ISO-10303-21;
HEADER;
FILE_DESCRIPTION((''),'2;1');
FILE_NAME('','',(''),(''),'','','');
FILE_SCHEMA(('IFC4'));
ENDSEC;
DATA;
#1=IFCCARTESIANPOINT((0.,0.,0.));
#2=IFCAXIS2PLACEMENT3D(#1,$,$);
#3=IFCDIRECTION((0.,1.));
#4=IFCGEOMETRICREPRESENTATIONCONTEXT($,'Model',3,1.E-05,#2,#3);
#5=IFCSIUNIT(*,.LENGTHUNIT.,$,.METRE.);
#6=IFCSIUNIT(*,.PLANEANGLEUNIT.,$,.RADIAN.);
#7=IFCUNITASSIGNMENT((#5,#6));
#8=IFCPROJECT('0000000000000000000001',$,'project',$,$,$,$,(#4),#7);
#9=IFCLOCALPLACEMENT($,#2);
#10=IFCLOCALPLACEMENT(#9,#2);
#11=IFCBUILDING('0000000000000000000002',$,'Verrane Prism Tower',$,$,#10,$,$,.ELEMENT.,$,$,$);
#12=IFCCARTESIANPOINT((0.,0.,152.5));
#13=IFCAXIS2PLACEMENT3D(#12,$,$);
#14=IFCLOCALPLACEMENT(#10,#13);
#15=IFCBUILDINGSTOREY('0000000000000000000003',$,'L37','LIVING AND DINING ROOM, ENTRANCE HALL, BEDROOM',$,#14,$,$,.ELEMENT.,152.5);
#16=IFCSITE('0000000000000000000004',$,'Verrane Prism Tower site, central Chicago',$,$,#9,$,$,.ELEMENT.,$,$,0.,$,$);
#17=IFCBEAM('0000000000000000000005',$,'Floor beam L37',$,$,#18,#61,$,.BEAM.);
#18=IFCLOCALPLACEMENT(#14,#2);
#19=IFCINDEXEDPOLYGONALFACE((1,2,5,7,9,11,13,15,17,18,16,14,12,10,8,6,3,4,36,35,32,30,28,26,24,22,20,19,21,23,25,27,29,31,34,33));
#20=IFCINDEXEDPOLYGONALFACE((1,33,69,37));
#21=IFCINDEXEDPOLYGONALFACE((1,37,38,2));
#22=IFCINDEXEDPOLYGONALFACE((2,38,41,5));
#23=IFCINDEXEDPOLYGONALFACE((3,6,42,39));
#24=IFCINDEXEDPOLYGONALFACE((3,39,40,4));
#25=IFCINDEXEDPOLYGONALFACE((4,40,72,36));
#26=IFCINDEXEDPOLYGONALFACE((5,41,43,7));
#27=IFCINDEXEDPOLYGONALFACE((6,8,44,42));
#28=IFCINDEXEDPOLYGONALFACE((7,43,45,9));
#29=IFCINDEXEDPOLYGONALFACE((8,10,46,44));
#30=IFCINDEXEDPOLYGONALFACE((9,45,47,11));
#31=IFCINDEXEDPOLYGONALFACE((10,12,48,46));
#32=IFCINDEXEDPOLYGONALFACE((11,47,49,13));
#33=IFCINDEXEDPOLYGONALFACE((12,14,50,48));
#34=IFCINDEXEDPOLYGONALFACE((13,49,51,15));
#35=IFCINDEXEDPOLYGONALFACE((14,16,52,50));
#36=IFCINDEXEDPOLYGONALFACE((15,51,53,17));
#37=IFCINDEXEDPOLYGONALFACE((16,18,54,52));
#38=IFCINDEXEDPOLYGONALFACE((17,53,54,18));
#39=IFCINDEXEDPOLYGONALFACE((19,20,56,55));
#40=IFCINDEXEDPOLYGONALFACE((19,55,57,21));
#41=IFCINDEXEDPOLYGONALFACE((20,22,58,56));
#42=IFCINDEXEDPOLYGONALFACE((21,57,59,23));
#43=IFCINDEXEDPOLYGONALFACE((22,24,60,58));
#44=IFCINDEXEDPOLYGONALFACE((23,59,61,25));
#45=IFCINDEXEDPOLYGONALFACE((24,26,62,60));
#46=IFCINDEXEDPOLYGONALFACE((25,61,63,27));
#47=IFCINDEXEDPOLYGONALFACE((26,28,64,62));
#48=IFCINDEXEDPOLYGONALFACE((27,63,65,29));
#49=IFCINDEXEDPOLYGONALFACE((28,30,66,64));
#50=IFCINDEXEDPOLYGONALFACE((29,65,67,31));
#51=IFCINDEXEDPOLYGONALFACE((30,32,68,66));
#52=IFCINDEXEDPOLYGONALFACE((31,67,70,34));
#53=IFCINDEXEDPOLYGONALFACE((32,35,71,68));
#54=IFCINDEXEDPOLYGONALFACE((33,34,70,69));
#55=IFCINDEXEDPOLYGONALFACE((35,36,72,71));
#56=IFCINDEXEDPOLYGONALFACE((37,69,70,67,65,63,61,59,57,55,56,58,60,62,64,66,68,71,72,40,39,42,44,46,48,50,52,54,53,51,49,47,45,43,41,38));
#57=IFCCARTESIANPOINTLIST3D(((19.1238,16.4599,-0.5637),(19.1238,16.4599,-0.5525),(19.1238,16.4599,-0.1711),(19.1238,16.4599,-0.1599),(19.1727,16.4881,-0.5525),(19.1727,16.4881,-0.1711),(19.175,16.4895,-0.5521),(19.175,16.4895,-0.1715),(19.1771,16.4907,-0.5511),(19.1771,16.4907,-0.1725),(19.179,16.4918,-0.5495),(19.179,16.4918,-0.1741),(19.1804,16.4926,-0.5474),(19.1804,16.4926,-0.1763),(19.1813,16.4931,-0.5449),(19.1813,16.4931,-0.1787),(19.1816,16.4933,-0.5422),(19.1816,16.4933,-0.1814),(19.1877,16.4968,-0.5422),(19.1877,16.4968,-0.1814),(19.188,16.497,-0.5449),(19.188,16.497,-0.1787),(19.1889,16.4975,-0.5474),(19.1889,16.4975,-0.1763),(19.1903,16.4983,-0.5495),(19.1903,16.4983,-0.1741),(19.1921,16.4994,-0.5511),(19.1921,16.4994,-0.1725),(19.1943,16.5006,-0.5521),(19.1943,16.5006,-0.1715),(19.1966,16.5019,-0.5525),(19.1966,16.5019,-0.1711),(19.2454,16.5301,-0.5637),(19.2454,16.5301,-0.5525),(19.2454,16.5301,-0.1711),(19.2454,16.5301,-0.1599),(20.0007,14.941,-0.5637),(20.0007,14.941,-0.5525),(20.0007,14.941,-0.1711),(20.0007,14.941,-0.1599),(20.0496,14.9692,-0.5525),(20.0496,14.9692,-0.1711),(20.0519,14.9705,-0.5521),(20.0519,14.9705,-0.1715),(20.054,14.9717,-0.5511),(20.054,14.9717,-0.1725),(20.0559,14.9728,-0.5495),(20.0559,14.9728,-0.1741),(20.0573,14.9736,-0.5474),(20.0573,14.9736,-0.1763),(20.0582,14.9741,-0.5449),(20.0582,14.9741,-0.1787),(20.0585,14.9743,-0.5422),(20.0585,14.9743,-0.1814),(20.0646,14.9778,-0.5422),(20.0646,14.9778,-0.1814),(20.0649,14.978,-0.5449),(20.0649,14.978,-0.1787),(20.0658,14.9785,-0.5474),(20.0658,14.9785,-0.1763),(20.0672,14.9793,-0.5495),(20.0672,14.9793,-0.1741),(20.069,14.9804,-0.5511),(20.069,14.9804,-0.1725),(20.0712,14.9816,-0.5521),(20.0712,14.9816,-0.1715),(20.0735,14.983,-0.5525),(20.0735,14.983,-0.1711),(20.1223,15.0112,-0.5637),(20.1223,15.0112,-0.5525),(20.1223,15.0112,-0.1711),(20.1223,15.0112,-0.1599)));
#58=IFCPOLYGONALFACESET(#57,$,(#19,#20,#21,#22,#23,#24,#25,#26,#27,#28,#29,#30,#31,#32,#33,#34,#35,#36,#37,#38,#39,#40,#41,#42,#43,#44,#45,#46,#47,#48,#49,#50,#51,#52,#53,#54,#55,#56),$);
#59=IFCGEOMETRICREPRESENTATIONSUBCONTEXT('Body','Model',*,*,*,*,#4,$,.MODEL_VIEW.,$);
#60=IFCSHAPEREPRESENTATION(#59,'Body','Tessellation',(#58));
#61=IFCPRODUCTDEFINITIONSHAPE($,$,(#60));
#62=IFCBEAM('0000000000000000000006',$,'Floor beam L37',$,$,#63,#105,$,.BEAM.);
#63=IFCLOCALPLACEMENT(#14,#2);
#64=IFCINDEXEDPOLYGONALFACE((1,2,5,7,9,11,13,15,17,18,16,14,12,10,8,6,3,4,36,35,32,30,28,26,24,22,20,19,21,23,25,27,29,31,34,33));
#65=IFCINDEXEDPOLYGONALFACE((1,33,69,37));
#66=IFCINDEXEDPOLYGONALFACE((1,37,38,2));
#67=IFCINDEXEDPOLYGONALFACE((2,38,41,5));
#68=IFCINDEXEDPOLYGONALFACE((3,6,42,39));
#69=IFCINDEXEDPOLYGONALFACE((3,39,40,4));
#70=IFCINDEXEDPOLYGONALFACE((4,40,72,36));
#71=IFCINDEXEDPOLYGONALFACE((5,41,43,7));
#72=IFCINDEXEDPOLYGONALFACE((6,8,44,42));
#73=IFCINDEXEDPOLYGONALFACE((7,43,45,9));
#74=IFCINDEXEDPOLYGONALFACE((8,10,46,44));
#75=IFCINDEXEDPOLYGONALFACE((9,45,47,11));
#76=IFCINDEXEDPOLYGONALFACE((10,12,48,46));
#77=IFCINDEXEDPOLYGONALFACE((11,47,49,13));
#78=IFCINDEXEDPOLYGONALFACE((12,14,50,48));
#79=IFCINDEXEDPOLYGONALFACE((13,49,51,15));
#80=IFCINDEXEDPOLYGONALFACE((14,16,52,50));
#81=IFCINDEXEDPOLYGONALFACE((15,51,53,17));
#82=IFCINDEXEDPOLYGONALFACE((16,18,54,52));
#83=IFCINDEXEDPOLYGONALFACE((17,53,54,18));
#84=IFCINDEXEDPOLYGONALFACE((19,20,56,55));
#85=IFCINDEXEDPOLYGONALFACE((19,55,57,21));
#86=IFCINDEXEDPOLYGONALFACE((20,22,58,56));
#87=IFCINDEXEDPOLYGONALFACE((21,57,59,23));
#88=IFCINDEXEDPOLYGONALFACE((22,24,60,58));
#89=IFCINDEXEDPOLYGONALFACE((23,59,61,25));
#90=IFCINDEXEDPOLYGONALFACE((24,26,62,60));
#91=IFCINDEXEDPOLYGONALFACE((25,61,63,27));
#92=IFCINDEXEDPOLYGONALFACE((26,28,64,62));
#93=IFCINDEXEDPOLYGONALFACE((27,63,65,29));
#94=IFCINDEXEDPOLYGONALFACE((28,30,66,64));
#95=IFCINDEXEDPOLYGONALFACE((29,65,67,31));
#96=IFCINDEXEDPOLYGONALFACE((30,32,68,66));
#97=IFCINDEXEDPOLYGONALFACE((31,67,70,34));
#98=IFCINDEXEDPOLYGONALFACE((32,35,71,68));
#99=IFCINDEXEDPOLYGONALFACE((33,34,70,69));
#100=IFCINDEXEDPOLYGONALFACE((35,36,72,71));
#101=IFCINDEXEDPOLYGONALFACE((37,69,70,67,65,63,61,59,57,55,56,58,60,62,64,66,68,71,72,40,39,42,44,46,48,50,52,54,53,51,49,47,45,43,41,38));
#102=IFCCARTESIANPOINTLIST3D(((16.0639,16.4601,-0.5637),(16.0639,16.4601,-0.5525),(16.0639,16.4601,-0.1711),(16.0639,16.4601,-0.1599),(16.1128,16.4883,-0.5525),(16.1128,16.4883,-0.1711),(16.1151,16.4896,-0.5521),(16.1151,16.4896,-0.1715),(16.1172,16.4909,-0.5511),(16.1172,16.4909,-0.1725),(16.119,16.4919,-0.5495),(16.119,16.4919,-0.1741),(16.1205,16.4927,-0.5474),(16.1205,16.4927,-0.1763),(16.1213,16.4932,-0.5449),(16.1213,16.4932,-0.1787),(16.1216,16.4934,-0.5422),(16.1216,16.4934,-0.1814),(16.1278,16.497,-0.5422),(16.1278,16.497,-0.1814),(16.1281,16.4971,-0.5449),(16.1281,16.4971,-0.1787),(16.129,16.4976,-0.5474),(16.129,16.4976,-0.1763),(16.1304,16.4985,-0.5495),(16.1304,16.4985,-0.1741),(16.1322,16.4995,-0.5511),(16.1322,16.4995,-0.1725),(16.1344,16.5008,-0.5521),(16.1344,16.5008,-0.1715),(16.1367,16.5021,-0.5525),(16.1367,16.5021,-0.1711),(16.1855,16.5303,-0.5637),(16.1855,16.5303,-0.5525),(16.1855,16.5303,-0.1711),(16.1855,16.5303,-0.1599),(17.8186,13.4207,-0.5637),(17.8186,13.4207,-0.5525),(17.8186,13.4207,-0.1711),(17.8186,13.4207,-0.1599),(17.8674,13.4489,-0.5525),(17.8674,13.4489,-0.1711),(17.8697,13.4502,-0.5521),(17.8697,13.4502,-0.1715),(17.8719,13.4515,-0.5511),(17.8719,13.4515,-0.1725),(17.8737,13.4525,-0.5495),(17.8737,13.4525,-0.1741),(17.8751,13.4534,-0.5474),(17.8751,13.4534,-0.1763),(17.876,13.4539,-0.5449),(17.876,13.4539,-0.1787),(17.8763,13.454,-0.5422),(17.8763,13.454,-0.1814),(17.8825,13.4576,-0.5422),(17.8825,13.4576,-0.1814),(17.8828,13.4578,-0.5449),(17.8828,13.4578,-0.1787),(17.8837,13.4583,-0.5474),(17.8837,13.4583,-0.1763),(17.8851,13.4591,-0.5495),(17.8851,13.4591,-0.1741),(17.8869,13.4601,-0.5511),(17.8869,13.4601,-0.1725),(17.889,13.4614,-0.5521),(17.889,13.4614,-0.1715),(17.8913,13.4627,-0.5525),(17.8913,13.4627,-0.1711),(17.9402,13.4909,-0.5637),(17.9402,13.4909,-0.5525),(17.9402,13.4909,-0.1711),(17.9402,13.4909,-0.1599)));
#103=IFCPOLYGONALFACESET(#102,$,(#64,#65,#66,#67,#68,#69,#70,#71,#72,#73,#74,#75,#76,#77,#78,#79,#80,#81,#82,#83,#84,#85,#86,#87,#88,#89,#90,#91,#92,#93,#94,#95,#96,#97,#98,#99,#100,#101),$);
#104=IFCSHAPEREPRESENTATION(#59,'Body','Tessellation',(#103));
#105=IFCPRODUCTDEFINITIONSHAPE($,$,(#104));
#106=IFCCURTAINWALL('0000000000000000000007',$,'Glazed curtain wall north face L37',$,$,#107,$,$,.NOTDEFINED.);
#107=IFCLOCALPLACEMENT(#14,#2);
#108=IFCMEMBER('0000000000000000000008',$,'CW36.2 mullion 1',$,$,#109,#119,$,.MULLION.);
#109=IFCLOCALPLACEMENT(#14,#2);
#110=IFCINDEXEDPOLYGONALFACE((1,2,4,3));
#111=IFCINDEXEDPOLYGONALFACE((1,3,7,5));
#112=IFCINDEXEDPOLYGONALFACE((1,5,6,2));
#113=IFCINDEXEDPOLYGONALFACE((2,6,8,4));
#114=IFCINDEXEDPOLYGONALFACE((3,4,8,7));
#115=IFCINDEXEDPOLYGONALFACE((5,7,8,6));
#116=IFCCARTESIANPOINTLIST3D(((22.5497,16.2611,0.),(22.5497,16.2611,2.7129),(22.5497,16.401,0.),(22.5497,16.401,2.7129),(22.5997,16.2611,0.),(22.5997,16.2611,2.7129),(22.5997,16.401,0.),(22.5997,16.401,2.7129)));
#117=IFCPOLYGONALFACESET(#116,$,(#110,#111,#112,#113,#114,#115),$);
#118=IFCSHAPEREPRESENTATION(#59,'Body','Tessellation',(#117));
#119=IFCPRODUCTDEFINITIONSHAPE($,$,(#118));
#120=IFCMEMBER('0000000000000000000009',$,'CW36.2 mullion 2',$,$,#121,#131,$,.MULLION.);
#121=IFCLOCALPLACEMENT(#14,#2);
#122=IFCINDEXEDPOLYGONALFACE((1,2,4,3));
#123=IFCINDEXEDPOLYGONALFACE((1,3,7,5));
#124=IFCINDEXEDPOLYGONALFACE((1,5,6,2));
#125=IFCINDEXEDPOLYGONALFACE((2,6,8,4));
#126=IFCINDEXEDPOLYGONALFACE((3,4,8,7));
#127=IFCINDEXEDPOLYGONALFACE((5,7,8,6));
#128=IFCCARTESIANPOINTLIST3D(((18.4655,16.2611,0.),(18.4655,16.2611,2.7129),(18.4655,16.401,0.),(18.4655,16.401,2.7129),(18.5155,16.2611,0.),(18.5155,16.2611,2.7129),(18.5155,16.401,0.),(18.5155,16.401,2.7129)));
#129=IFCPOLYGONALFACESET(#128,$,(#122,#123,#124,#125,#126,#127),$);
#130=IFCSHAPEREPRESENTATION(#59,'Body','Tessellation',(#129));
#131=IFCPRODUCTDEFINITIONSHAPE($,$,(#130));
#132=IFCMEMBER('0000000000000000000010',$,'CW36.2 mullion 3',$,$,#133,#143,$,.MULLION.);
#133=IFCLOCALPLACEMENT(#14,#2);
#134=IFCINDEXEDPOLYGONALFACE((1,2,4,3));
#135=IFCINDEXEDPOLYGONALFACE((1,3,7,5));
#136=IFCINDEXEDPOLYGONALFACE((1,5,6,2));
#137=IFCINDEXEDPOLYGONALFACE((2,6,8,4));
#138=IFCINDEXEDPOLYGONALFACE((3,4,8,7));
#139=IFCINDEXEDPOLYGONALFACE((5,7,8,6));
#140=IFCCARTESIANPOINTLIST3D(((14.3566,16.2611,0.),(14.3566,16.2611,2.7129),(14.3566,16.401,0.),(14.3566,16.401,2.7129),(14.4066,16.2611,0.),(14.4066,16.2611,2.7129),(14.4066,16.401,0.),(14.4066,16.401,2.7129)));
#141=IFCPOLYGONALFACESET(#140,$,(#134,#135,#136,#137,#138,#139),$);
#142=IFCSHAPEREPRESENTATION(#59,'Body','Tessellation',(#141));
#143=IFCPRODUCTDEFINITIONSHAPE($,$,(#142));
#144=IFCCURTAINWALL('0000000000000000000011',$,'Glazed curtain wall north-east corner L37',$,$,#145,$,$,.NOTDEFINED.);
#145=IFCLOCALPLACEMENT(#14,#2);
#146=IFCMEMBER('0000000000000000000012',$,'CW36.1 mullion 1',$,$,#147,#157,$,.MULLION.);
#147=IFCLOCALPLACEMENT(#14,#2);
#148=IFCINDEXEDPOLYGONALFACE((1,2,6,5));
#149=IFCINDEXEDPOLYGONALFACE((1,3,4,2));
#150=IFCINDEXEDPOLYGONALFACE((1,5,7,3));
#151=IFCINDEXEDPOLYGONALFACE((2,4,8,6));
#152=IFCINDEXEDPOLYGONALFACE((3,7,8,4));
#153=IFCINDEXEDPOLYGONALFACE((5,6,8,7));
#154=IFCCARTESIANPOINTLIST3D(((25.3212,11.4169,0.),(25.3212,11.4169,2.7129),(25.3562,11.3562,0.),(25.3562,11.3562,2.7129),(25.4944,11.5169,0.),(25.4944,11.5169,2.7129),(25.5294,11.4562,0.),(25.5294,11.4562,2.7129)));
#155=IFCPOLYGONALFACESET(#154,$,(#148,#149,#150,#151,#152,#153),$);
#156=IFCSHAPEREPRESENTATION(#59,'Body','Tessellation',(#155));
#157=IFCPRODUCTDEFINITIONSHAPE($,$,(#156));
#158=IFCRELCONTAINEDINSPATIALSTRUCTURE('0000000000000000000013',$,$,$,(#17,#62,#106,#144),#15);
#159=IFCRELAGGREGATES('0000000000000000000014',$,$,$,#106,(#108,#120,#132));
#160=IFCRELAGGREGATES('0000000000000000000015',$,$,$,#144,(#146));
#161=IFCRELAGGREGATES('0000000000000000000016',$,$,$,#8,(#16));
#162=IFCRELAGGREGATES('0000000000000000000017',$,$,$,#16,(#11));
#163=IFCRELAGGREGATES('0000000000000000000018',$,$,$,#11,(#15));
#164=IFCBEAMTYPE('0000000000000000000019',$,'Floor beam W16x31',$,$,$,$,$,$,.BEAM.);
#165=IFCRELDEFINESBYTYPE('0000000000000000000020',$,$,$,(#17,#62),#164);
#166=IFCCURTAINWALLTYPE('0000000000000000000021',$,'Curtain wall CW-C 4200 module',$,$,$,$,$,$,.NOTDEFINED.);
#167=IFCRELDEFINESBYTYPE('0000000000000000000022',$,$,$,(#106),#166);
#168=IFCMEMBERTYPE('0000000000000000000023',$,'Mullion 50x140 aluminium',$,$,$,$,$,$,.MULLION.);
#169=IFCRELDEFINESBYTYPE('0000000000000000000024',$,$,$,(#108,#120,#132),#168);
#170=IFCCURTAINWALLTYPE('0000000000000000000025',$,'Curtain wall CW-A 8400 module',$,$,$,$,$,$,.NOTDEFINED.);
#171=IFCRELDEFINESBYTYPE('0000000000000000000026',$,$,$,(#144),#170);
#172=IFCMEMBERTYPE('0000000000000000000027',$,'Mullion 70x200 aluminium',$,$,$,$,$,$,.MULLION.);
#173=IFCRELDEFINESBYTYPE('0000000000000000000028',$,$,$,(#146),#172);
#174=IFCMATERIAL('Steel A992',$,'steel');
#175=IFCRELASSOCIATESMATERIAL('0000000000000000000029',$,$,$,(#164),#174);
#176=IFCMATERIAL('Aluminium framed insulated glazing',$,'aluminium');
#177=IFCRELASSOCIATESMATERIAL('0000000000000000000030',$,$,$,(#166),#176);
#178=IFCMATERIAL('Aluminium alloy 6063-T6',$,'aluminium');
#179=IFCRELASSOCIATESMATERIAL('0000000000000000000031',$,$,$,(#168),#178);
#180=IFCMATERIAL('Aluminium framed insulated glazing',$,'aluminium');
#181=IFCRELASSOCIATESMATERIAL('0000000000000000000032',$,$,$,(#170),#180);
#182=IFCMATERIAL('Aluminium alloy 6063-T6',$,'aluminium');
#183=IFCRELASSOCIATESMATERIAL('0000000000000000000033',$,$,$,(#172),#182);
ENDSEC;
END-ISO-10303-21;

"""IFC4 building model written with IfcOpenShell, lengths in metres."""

from ifc_helpers import new_model, si_unit, direction, frame, origin, origin_2d, place, context, subcontext, project, spatial, rectangle, i_section, extrude, material, material_profile, profile_set, type_object, element, aggregate, save


model = new_model("IFC4")

# Units and contexts
model_context = context("Model", 3, precision=1e-05, world=origin(), true_north=direction((0.0, 1.0)))
body_context = subcontext(model_context, "Body", "Model", "MODEL_VIEW")
ifc_project = project(units=[si_unit("LENGTHUNIT", "METRE"), si_unit("PLANEANGLEUNIT", "RADIAN")], contexts=[model_context])

# Site, building, storey
site_placement = place(None, origin())
site = spatial("IfcSite", under=ifc_project, at=site_placement, Name="Verrane Prism Tower site, central Chicago", CompositionType="ELEMENT", RefElevation=0.0)
building_placement = place(site_placement, origin())
building = spatial("IfcBuilding", under=site, at=building_placement, Name="Verrane Prism Tower", CompositionType="ELEMENT")
storey_placement = place(building_placement, frame((0.0, 0.0, 152.5)))
storey = spatial("IfcBuildingStorey", under=building, at=storey_placement, Name="L37", Description="LIVING AND DINING ROOM, ENTRANCE HALL, BEDROOM", CompositionType="ELEMENT", Elevation=152.5)

# Beams
ifc_material_1 = material(Name="Steel A992", Category="steel")
ifc_material_profile_1 = material_profile(ifc_material_1, i_section(OverallWidth=0.1404, OverallDepth=0.4038, WebThickness=0.0071, FlangeThickness=0.0112, FilletRadius=0.0103, at=origin_2d()), Name="W16x31")
ifc_profile_set_1 = profile_set([ifc_material_profile_1], Name="Steel A992")
beam_type_1 = type_object("IfcBeamType", Name="Floor beam W16x31", PredefinedType="BEAM", material=ifc_profile_set_1)
beam_1_placement = place(storey_placement, frame((20.0615, 14.9761, -0.3618), z_axis=(-0.499971, 0.866042, 0.0), x_axis=(-0.866042, -0.499971, 0.0)))
element("IfcBeam", 1, at=beam_1_placement, inside=storey, type_object=beam_type_1, Name="Floor beam L37", PredefinedType="BEAM", context=body_context, shape_type="SweptSolid", body=[
    extrude(i_section(OverallWidth=0.1404, OverallDepth=0.4038, WebThickness=0.0071, FlangeThickness=0.0112, FilletRadius=0.0103, at=origin_2d()), origin(), (0.0, 0.0, 1.0), 1.7539),
])
beam_2_placement = place(storey_placement, frame((17.8794, 13.4558, -0.3618), z_axis=(-0.499977, 0.866038, 0.0), x_axis=(-0.866038, -0.499977, 0.0)))
element("IfcBeam", 2, at=beam_2_placement, inside=storey, type_object=beam_type_1, Name="Floor beam L37", PredefinedType="BEAM", context=body_context, shape_type="SweptSolid", body=[
    extrude(i_section(OverallWidth=0.1404, OverallDepth=0.4038, WebThickness=0.0071, FlangeThickness=0.0112, FilletRadius=0.0103, at=origin_2d()), origin(), (0.0, 0.0, 1.0), 3.5095),
])

# Curtain wall, members
ifc_material_2 = material(Name="Aluminium framed insulated glazing", Category="aluminium")
curtain_wall_type_1 = type_object("IfcCurtainWallType", Name="Curtain wall CW-C 4200 module", PredefinedType="NOTDEFINED", material=ifc_material_2)
curtain_wall_1_placement = place(storey_placement, origin())
curtain_wall_1 = element("IfcCurtainWall", 3, at=curtain_wall_1_placement, inside=storey, type_object=curtain_wall_type_1, Name="Glazed curtain wall north face L37", PredefinedType="NOTDEFINED")
ifc_material_3 = material(Name="Aluminium alloy 6063-T6", Category="aluminium")
ifc_material_profile_2 = material_profile(ifc_material_3, rectangle(XDim=0.1399, YDim=0.05, at=origin_2d()), Name="Mullion 50x140 aluminium")
ifc_profile_set_2 = profile_set([ifc_material_profile_2], Name="Aluminium alloy 6063-T6")
member_type_1 = type_object("IfcMemberType", Name="Mullion 50x140 aluminium", PredefinedType="MULLION", material=ifc_profile_set_2)
member_1_placement = place(storey_placement, frame((22.5747, 16.3311, 0.0), z_axis=(0.0, 0.0, 1.0), x_axis=(0.0, -1.0, 0.0)))
member_1 = element("IfcMember", 4, at=member_1_placement, type_object=member_type_1, Name="CW36.2 mullion 1", PredefinedType="MULLION", context=body_context, shape_type="SweptSolid", body=[
    extrude(rectangle(XDim=0.1399, YDim=0.05, at=origin_2d()), origin(), (0.0, 0.0, 1.0), 2.7129),
])
member_2_placement = place(storey_placement, frame((18.4905, 16.3311, 0.0), z_axis=(0.0, 0.0, 1.0), x_axis=(0.0, -1.0, 0.0)))
member_2 = element("IfcMember", 5, at=member_2_placement, type_object=member_type_1, Name="CW36.2 mullion 2", PredefinedType="MULLION", context=body_context, shape_type="SweptSolid", body=[
    extrude(rectangle(XDim=0.1399, YDim=0.05, at=origin_2d()), origin(), (0.0, 0.0, 1.0), 2.7129),
])
member_3_placement = place(storey_placement, frame((14.3816, 16.3311, 0.0), z_axis=(0.0, 0.0, 1.0), x_axis=(0.0, -1.0, 0.0)))
member_3 = element("IfcMember", 6, at=member_3_placement, type_object=member_type_1, Name="CW36.2 mullion 3", PredefinedType="MULLION", context=body_context, shape_type="SweptSolid", body=[
    extrude(rectangle(XDim=0.1399, YDim=0.05, at=origin_2d()), origin(), (0.0, 0.0, 1.0), 2.7129),
])

# Curtain wall, member
ifc_material_4 = material(Name="Aluminium framed insulated glazing", Category="aluminium")
curtain_wall_type_2 = type_object("IfcCurtainWallType", Name="Curtain wall CW-A 8400 module", PredefinedType="NOTDEFINED", material=ifc_material_4)
curtain_wall_2_placement = place(storey_placement, origin())
curtain_wall_2 = element("IfcCurtainWall", 7, at=curtain_wall_2_placement, inside=storey, type_object=curtain_wall_type_2, Name="Glazed curtain wall north-east corner L37", PredefinedType="NOTDEFINED")
ifc_material_5 = material(Name="Aluminium alloy 6063-T6", Category="aluminium")
ifc_material_profile_3 = material_profile(ifc_material_5, rectangle(XDim=0.2, YDim=0.0701, at=origin_2d()), Name="Mullion 70x200 aluminium")
ifc_profile_set_3 = profile_set([ifc_material_profile_3], Name="Aluminium alloy 6063-T6")
member_type_2 = type_object("IfcMemberType", Name="Mullion 70x200 aluminium", PredefinedType="MULLION", material=ifc_profile_set_3)
member_4_placement = place(storey_placement, frame((25.4253, 11.4365, 0.0), z_axis=(0.0, 0.0, 1.0), x_axis=(-0.866024, -0.500003, 0.0)))
member_4 = element("IfcMember", 8, at=member_4_placement, type_object=member_type_2, Name="CW36.1 mullion 1", PredefinedType="MULLION", context=body_context, shape_type="SweptSolid", body=[
    extrude(rectangle(XDim=0.2, YDim=0.0701, at=origin_2d()), origin(), (0.0, 0.0, 1.0), 2.7129),
])

aggregate(curtain_wall_1, [member_1, member_2, member_3])
aggregate(curtain_wall_2, [member_4])

save(model, "model.ifc")
